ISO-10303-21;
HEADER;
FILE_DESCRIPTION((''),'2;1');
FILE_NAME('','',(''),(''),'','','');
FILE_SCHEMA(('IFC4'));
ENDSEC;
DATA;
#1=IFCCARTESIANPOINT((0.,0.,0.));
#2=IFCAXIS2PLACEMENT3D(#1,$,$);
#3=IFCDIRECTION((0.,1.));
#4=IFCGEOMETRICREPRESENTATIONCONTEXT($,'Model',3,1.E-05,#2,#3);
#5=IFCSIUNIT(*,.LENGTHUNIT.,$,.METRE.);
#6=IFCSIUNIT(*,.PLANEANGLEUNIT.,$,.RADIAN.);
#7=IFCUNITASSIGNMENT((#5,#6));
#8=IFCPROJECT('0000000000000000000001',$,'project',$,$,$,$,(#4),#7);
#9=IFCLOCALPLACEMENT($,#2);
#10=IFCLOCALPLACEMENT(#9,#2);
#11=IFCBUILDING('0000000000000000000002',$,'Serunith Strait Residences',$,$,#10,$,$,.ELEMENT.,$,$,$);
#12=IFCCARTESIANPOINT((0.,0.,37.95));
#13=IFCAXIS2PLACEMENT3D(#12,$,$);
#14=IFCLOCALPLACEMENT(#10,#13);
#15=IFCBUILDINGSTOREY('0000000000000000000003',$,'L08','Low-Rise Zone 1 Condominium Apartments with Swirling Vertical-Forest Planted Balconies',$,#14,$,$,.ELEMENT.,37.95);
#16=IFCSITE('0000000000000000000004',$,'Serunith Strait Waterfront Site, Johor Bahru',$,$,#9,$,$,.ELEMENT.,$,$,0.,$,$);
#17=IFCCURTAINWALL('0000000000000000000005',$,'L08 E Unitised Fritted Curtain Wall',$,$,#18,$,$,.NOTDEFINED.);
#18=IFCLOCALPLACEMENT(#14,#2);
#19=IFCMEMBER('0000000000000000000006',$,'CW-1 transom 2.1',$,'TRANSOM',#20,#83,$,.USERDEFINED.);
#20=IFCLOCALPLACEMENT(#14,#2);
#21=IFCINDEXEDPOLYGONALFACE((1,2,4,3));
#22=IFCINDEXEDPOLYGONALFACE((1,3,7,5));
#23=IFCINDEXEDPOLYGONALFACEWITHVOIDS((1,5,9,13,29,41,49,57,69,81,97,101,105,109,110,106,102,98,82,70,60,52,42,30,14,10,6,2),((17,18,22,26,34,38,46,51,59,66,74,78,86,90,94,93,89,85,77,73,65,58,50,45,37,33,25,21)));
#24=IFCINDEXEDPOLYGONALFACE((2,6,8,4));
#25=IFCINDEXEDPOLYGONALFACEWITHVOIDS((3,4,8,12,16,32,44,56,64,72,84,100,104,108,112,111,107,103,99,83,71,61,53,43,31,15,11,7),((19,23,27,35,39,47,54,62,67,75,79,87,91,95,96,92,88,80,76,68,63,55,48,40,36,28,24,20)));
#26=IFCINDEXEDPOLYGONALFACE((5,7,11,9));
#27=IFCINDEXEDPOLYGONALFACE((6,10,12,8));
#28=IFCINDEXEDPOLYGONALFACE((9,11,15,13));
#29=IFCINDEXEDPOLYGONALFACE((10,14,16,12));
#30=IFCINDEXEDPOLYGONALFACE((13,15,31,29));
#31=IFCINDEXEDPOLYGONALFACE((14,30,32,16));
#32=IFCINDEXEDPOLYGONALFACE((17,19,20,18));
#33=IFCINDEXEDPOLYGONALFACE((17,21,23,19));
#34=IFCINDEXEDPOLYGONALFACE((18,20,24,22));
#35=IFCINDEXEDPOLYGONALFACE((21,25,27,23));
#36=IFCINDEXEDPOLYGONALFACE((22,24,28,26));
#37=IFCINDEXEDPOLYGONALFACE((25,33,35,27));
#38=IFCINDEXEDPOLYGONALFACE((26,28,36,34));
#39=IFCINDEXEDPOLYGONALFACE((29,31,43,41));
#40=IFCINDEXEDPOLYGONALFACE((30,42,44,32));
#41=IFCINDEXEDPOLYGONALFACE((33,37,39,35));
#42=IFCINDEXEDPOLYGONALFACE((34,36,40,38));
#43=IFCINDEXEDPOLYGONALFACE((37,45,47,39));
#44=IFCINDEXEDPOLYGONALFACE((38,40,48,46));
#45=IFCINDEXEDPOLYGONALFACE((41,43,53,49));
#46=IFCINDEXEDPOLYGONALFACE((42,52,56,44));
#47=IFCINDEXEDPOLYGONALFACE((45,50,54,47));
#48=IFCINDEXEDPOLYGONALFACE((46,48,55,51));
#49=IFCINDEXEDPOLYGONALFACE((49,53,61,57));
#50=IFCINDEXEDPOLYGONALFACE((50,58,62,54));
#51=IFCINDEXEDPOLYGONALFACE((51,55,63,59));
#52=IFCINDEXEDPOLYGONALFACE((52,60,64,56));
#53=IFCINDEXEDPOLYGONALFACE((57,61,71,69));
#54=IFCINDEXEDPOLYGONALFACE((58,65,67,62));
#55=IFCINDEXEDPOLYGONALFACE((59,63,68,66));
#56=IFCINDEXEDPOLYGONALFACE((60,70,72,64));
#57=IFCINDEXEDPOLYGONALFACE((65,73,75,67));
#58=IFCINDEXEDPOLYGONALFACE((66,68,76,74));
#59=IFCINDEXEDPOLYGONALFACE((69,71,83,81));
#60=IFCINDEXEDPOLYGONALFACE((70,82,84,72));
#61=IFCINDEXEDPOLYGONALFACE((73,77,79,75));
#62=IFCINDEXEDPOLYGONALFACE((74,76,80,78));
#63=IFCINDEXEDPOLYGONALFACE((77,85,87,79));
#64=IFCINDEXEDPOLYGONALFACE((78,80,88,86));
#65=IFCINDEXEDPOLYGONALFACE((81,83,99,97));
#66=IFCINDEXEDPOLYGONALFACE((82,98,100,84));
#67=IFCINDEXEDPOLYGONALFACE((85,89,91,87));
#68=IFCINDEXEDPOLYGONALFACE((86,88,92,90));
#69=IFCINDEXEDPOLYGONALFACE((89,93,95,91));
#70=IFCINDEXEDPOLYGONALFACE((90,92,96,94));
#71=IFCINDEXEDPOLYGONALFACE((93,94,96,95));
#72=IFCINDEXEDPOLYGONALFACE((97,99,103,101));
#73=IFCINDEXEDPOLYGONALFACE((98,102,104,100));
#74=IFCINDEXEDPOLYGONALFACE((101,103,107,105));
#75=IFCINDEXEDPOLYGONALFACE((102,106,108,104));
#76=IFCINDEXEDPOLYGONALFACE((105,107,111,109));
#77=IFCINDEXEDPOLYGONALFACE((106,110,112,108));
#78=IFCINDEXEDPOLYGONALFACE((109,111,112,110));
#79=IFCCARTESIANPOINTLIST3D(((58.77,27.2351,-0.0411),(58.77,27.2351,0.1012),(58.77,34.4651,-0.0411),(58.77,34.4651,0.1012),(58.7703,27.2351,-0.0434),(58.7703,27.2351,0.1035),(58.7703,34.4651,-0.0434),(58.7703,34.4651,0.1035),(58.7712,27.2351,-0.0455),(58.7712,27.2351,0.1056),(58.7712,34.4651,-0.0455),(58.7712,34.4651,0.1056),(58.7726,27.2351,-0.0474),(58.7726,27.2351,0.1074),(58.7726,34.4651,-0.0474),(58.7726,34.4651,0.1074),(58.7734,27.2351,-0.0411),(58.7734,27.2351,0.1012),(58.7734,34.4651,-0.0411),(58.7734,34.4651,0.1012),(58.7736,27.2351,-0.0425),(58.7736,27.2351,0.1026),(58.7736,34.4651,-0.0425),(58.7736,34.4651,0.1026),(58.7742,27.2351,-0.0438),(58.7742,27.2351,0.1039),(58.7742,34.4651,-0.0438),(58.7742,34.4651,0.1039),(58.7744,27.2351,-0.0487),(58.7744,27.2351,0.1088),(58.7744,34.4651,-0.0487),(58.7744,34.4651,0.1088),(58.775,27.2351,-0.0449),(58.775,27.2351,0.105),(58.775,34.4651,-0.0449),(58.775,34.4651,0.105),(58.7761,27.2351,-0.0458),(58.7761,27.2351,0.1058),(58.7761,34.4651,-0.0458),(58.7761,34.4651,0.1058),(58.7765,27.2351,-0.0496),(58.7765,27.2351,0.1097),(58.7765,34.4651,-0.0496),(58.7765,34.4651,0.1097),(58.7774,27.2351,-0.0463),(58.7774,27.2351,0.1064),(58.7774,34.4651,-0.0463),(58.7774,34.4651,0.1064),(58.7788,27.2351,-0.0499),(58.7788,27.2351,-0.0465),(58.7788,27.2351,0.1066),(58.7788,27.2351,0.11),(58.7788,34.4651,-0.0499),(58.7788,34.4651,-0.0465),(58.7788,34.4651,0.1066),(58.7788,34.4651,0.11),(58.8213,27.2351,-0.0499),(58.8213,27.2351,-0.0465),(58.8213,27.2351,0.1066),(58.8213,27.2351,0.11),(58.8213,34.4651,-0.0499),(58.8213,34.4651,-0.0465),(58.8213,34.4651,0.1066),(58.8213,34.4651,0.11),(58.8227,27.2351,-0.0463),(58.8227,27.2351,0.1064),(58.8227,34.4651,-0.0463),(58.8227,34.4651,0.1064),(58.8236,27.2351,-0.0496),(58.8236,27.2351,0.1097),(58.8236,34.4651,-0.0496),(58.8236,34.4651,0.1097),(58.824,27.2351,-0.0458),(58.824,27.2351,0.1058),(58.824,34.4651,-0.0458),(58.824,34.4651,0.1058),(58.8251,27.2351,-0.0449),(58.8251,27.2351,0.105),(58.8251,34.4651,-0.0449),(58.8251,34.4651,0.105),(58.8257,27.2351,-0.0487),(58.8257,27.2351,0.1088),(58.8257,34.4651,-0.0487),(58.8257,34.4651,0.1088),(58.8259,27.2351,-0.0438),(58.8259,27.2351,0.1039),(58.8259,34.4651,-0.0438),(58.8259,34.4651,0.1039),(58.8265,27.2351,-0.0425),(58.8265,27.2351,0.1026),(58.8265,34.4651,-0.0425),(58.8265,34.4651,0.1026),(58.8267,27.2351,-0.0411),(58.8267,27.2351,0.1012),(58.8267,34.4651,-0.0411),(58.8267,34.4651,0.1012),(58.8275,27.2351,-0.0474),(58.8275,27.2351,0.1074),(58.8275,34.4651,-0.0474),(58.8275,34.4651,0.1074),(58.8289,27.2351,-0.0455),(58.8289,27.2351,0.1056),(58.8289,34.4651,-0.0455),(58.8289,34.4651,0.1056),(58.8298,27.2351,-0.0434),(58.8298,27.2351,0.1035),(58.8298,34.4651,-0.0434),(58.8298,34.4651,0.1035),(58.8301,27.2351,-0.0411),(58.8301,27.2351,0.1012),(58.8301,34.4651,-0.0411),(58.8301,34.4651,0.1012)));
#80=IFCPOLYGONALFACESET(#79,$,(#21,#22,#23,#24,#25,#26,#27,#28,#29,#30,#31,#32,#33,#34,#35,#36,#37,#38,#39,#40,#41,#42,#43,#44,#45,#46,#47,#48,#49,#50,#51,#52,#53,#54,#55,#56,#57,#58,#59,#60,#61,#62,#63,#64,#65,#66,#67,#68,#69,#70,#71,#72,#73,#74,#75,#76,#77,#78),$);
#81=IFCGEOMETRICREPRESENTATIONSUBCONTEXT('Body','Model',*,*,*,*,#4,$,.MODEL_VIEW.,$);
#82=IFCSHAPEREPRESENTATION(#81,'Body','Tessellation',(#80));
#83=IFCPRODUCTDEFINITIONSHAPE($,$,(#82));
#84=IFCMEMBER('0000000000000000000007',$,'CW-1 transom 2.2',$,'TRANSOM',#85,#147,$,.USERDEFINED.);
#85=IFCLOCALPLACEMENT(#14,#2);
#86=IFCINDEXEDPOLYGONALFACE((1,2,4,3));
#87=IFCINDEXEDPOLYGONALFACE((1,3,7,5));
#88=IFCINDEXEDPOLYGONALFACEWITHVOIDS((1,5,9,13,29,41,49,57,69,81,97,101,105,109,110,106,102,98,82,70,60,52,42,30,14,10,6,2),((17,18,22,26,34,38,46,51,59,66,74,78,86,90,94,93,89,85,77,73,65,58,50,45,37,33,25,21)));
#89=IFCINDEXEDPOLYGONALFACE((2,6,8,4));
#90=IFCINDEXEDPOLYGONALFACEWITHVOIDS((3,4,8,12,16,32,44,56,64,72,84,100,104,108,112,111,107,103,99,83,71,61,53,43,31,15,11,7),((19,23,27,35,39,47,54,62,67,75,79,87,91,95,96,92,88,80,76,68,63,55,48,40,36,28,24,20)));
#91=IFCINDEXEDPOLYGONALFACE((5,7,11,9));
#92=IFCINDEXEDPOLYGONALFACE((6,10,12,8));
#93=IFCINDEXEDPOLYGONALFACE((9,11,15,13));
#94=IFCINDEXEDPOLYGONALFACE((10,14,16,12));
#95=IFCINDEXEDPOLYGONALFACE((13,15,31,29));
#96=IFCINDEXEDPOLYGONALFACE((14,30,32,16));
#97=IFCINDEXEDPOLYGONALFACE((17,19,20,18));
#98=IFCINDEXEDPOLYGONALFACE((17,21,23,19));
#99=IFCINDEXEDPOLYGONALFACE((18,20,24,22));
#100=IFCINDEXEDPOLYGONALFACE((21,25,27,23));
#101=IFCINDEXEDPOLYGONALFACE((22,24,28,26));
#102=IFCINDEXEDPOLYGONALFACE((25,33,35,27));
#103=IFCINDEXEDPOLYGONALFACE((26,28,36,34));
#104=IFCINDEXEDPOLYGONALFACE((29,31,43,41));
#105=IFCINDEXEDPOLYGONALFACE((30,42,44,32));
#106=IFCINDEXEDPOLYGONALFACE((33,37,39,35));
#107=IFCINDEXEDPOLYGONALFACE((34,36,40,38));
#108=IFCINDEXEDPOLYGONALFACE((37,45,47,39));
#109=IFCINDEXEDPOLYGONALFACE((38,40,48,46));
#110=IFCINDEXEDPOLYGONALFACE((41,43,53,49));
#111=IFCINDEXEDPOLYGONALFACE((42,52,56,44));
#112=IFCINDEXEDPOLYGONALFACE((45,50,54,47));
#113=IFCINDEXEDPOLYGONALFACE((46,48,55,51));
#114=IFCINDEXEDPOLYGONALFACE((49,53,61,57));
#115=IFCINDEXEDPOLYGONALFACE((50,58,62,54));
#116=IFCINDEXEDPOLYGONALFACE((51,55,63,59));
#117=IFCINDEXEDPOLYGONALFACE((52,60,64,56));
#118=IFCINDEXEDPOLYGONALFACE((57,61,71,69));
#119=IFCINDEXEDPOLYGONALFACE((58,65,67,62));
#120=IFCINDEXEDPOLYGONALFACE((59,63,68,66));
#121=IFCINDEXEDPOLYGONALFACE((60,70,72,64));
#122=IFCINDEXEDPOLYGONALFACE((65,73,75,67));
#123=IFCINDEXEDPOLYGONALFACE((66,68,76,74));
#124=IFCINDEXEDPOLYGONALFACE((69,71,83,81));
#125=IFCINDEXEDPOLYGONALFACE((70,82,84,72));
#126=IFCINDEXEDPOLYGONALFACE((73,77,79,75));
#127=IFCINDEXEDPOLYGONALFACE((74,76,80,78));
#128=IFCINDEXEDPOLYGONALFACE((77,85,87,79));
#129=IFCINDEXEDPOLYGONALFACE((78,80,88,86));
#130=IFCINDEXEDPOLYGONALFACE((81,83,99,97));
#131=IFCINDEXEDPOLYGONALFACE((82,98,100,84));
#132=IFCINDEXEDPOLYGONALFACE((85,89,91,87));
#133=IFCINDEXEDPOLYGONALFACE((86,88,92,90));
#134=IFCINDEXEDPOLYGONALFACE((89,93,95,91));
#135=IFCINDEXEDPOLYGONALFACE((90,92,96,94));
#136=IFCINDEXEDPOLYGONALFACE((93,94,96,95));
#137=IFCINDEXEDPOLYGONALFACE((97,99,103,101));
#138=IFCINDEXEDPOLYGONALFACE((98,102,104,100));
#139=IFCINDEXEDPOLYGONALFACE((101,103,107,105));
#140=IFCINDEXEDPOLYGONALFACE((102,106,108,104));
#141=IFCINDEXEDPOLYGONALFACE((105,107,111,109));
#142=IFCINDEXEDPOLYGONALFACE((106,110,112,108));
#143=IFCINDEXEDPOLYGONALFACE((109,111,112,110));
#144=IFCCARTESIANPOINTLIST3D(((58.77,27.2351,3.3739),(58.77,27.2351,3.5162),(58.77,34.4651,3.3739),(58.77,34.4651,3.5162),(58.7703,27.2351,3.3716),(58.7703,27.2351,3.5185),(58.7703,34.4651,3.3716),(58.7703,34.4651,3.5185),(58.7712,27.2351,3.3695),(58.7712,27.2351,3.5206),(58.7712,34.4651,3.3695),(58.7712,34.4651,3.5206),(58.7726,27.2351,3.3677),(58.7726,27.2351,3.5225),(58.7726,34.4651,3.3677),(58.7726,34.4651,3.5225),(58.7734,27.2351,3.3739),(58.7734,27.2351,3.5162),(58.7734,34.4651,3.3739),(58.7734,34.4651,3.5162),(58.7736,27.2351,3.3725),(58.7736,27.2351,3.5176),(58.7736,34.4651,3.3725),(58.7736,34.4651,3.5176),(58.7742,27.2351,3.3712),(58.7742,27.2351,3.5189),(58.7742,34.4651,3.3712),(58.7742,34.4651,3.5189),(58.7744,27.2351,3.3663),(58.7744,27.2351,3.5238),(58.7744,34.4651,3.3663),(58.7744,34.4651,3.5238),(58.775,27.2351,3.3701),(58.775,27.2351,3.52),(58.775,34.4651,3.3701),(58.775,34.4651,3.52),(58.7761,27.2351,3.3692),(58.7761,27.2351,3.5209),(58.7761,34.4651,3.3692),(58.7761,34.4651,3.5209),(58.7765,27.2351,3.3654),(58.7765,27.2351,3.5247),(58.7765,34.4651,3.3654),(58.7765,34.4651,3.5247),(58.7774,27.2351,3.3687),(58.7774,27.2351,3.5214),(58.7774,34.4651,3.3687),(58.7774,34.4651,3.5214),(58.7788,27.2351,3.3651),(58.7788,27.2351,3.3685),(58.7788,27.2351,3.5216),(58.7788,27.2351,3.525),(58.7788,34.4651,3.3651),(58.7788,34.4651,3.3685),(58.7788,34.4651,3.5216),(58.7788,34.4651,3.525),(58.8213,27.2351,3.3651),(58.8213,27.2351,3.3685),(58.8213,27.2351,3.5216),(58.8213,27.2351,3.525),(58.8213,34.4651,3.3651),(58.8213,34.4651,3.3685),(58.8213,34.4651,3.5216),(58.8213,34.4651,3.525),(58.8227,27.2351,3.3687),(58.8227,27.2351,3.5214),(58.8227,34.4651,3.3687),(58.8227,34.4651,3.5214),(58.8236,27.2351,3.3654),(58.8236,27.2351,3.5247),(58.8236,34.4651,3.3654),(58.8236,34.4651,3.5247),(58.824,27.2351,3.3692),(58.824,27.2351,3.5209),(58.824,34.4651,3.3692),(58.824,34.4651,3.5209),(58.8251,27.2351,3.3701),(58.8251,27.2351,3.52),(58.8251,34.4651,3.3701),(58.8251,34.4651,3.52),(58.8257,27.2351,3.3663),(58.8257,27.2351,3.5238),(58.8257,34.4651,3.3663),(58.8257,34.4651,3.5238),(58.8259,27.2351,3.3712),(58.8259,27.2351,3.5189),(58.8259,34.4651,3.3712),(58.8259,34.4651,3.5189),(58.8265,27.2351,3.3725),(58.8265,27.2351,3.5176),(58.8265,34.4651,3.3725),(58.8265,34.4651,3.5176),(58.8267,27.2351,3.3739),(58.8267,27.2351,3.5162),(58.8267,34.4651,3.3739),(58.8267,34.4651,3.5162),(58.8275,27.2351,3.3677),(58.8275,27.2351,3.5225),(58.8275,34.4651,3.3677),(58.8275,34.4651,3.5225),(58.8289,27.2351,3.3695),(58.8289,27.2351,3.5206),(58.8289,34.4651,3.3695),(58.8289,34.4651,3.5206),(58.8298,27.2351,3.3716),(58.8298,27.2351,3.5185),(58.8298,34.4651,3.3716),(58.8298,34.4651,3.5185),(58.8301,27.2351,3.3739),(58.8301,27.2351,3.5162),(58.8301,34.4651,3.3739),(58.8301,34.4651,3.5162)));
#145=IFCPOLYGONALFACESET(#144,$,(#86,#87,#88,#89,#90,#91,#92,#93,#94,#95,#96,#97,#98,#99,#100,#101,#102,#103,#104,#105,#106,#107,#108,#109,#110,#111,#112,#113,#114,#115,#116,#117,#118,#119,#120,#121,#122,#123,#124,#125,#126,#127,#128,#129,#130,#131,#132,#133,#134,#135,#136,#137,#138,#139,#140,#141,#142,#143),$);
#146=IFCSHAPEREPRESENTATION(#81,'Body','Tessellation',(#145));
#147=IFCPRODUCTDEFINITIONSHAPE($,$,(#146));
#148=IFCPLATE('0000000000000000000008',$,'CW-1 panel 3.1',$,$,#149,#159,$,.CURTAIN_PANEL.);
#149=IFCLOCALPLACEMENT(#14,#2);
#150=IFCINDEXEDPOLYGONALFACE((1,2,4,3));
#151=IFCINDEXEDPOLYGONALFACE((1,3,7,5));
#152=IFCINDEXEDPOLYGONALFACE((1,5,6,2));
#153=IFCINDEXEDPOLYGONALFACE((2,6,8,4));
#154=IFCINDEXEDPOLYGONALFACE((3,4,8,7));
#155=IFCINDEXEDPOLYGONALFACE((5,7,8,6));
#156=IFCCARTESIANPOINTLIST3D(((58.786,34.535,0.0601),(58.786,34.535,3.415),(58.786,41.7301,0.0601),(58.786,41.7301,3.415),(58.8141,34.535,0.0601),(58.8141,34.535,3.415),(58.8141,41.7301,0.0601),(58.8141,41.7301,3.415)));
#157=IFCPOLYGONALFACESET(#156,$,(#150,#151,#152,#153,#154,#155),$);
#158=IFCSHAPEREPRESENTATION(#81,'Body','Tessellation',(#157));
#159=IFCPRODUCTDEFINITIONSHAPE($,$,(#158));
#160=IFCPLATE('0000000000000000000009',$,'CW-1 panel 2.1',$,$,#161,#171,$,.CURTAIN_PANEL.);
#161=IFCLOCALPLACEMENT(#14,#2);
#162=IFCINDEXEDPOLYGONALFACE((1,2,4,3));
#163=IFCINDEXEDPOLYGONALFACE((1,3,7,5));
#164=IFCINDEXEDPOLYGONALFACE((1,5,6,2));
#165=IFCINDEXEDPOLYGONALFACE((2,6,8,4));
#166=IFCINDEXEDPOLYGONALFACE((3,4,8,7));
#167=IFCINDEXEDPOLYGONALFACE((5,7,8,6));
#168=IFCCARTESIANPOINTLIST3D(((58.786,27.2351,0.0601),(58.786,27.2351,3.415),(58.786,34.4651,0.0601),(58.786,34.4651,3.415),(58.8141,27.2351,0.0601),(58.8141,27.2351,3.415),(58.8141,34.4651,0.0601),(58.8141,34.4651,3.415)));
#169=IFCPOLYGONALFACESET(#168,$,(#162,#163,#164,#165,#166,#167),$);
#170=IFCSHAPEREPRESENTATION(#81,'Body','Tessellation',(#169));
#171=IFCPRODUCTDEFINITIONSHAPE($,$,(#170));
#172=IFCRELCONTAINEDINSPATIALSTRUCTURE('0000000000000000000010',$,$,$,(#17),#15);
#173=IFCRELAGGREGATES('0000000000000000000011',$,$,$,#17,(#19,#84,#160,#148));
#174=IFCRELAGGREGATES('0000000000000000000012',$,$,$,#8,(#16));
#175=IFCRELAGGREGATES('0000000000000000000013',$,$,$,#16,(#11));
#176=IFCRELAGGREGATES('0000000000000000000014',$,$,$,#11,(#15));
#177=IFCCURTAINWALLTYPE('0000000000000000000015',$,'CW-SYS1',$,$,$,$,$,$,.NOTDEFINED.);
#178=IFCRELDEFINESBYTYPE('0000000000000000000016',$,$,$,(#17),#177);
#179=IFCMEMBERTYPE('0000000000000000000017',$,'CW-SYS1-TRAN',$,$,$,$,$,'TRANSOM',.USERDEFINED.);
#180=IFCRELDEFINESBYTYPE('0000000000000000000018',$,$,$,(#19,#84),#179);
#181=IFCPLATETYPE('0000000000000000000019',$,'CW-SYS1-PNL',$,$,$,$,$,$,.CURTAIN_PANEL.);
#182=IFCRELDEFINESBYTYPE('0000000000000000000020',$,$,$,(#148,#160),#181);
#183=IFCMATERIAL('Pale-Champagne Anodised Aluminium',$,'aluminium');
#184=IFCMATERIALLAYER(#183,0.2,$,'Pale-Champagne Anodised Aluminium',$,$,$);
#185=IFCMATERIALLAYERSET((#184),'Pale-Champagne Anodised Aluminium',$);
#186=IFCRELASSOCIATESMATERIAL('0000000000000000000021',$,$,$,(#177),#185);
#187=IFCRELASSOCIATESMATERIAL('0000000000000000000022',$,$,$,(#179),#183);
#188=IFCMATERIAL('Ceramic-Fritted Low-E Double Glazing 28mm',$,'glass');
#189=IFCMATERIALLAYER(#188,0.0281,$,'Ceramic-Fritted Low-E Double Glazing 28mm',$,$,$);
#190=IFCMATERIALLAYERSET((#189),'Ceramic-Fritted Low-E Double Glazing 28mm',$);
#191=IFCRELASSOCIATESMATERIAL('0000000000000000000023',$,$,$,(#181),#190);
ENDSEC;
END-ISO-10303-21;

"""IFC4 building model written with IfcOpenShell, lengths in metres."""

from ifc_helpers import new_model, si_unit, direction, frame, origin, origin_2d, place, context, subcontext, project, spatial, rectangle, hollow_rectangle, extrude, source, transform, mapped, material, layer, layer_set, material_profile, profile_set, type_object, element, aggregate, save


model = new_model("IFC4")

# Units and contexts
model_context = context("Model", 3, precision=1e-05, world=origin(), true_north=direction((0.0, 1.0)))
body_context = subcontext(model_context, "Body", "Model", "MODEL_VIEW")
ifc_project = project(units=[si_unit("LENGTHUNIT", "METRE"), si_unit("PLANEANGLEUNIT", "RADIAN")], contexts=[model_context])

# Site, building, storey
site_placement = place(None, origin())
site = spatial("IfcSite", under=ifc_project, at=site_placement, Name="Serunith Strait Waterfront Site, Johor Bahru", CompositionType="ELEMENT", RefElevation=0.0)
building_placement = place(site_placement, origin())
building = spatial("IfcBuilding", under=site, at=building_placement, Name="Serunith Strait Residences", CompositionType="ELEMENT")
storey_placement = place(building_placement, frame((0.0, 0.0, 37.95)))
storey = spatial("IfcBuildingStorey", under=building, at=storey_placement, Name="L08", Description="Low-Rise Zone 1 Condominium Apartments with Swirling Vertical-Forest Planted Balconies", CompositionType="ELEMENT", Elevation=37.95)

# Curtain wall, members, plates
ifc_material_1 = material(Name="Pale-Champagne Anodised Aluminium", Category="aluminium")
ifc_layer_1 = layer(ifc_material_1, 0.2, Name="Pale-Champagne Anodised Aluminium")
ifc_layer_set_1 = layer_set([ifc_layer_1], Name="Pale-Champagne Anodised Aluminium")
curtain_wall_type = type_object("IfcCurtainWallType", Name="CW-SYS1", PredefinedType="NOTDEFINED", material=ifc_layer_set_1)
curtain_wall_placement = place(storey_placement, origin())
curtain_wall = element("IfcCurtainWall", 1, at=curtain_wall_placement, inside=storey, type_object=curtain_wall_type, Name="L08 E Unitised Fritted Curtain Wall", PredefinedType="NOTDEFINED")
ifc_material_profile_1 = material_profile(ifc_material_1, hollow_rectangle(XDim=0.0601, YDim=0.1599, WallThickness=0.0034, InnerFilletRadius=0.0054, OuterFilletRadius=0.0088, at=origin_2d()), Name="ALU 160x60x3.5")
ifc_profile_set_1 = profile_set([ifc_material_profile_1], Name="Pale-Champagne Anodised Aluminium")
member_type_1 = type_object("IfcMemberType", Name="CW-SYS1-TRAN", ElementType="TRANSOM", PredefinedType="USERDEFINED", material=ifc_profile_set_1)
shared_shape_1 = source(origin(), body_context, "Body", "SweptSolid", [
    extrude(hollow_rectangle(XDim=0.0601, YDim=0.1599, WallThickness=0.0034, InnerFilletRadius=0.0054, OuterFilletRadius=0.0088, at=origin_2d()), origin(), (0.0, 0.0, 1.0), 7.23),
])
member_1_placement = place(storey_placement, frame((58.8, 27.2351, 0.03), z_axis=(0.0, 1.0, 0.0), x_axis=(-1.0, 0.0, 0.0)))
member_1 = element("IfcMember", 2, at=member_1_placement, type_object=member_type_1, Name="CW-1 transom 2.1", ObjectType="TRANSOM", PredefinedType="USERDEFINED", context=body_context, shape_type="MappedRepresentation", body=[
    mapped(shared_shape_1, transform((0.0, 0.0, 0.0), scale=1.0)),
])
member_2_placement = place(storey_placement, frame((58.8, 27.2351, 3.4451), z_axis=(0.0, 1.0, 0.0), x_axis=(-1.0, 0.0, 0.0)))
member_2 = element("IfcMember", 3, at=member_2_placement, type_object=member_type_1, Name="CW-1 transom 2.2", ObjectType="TRANSOM", PredefinedType="USERDEFINED", context=body_context, shape_type="MappedRepresentation", body=[
    mapped(shared_shape_1, transform((0.0, 0.0, 0.0), scale=1.0)),
])
ifc_material_2 = material(Name="Ceramic-Fritted Low-E Double Glazing 28mm", Category="glass")
ifc_layer_2 = layer(ifc_material_2, 0.0281, Name="Ceramic-Fritted Low-E Double Glazing 28mm")
ifc_layer_set_2 = layer_set([ifc_layer_2], Name="Ceramic-Fritted Low-E Double Glazing 28mm")
plate_type = type_object("IfcPlateType", Name="CW-SYS1-PNL", PredefinedType="CURTAIN_PANEL", material=ifc_layer_set_2)
shared_shape_2 = source(origin(), body_context, "Body", "SweptSolid", [
    extrude(rectangle(XDim=7.1951, YDim=0.0281, at=origin_2d()), origin(), (0.0, 0.0, 1.0), 3.355),
])
plate_1_placement = place(storey_placement, frame((58.8, 38.1326, 0.0601), z_axis=(0.0, 0.0, 1.0), x_axis=(0.0, 1.0, 0.0)))
plate_1 = element("IfcPlate", 4, at=plate_1_placement, type_object=plate_type, Name="CW-1 panel 3.1", PredefinedType="CURTAIN_PANEL", context=body_context, shape_type="MappedRepresentation", body=[
    mapped(shared_shape_2, transform((0.0, 0.0, 0.0), scale=1.0)),
])
shared_shape_3 = source(origin(), body_context, "Body", "SweptSolid", [
    extrude(rectangle(XDim=7.23, YDim=0.0281, at=origin_2d()), origin(), (0.0, 0.0, 1.0), 3.355),
])
plate_2_placement = place(storey_placement, frame((58.8, 30.8501, 0.0601), z_axis=(0.0, 0.0, 1.0), x_axis=(0.0, 1.0, 0.0)))
plate_2 = element("IfcPlate", 5, at=plate_2_placement, type_object=plate_type, Name="CW-1 panel 2.1", PredefinedType="CURTAIN_PANEL", context=body_context, shape_type="MappedRepresentation", body=[
    mapped(shared_shape_3, transform((0.0, 0.0, 0.0), scale=1.0)),
])
aggregate(curtain_wall, [member_1, member_2, plate_2, plate_1])

save(model, "model.ifc")
